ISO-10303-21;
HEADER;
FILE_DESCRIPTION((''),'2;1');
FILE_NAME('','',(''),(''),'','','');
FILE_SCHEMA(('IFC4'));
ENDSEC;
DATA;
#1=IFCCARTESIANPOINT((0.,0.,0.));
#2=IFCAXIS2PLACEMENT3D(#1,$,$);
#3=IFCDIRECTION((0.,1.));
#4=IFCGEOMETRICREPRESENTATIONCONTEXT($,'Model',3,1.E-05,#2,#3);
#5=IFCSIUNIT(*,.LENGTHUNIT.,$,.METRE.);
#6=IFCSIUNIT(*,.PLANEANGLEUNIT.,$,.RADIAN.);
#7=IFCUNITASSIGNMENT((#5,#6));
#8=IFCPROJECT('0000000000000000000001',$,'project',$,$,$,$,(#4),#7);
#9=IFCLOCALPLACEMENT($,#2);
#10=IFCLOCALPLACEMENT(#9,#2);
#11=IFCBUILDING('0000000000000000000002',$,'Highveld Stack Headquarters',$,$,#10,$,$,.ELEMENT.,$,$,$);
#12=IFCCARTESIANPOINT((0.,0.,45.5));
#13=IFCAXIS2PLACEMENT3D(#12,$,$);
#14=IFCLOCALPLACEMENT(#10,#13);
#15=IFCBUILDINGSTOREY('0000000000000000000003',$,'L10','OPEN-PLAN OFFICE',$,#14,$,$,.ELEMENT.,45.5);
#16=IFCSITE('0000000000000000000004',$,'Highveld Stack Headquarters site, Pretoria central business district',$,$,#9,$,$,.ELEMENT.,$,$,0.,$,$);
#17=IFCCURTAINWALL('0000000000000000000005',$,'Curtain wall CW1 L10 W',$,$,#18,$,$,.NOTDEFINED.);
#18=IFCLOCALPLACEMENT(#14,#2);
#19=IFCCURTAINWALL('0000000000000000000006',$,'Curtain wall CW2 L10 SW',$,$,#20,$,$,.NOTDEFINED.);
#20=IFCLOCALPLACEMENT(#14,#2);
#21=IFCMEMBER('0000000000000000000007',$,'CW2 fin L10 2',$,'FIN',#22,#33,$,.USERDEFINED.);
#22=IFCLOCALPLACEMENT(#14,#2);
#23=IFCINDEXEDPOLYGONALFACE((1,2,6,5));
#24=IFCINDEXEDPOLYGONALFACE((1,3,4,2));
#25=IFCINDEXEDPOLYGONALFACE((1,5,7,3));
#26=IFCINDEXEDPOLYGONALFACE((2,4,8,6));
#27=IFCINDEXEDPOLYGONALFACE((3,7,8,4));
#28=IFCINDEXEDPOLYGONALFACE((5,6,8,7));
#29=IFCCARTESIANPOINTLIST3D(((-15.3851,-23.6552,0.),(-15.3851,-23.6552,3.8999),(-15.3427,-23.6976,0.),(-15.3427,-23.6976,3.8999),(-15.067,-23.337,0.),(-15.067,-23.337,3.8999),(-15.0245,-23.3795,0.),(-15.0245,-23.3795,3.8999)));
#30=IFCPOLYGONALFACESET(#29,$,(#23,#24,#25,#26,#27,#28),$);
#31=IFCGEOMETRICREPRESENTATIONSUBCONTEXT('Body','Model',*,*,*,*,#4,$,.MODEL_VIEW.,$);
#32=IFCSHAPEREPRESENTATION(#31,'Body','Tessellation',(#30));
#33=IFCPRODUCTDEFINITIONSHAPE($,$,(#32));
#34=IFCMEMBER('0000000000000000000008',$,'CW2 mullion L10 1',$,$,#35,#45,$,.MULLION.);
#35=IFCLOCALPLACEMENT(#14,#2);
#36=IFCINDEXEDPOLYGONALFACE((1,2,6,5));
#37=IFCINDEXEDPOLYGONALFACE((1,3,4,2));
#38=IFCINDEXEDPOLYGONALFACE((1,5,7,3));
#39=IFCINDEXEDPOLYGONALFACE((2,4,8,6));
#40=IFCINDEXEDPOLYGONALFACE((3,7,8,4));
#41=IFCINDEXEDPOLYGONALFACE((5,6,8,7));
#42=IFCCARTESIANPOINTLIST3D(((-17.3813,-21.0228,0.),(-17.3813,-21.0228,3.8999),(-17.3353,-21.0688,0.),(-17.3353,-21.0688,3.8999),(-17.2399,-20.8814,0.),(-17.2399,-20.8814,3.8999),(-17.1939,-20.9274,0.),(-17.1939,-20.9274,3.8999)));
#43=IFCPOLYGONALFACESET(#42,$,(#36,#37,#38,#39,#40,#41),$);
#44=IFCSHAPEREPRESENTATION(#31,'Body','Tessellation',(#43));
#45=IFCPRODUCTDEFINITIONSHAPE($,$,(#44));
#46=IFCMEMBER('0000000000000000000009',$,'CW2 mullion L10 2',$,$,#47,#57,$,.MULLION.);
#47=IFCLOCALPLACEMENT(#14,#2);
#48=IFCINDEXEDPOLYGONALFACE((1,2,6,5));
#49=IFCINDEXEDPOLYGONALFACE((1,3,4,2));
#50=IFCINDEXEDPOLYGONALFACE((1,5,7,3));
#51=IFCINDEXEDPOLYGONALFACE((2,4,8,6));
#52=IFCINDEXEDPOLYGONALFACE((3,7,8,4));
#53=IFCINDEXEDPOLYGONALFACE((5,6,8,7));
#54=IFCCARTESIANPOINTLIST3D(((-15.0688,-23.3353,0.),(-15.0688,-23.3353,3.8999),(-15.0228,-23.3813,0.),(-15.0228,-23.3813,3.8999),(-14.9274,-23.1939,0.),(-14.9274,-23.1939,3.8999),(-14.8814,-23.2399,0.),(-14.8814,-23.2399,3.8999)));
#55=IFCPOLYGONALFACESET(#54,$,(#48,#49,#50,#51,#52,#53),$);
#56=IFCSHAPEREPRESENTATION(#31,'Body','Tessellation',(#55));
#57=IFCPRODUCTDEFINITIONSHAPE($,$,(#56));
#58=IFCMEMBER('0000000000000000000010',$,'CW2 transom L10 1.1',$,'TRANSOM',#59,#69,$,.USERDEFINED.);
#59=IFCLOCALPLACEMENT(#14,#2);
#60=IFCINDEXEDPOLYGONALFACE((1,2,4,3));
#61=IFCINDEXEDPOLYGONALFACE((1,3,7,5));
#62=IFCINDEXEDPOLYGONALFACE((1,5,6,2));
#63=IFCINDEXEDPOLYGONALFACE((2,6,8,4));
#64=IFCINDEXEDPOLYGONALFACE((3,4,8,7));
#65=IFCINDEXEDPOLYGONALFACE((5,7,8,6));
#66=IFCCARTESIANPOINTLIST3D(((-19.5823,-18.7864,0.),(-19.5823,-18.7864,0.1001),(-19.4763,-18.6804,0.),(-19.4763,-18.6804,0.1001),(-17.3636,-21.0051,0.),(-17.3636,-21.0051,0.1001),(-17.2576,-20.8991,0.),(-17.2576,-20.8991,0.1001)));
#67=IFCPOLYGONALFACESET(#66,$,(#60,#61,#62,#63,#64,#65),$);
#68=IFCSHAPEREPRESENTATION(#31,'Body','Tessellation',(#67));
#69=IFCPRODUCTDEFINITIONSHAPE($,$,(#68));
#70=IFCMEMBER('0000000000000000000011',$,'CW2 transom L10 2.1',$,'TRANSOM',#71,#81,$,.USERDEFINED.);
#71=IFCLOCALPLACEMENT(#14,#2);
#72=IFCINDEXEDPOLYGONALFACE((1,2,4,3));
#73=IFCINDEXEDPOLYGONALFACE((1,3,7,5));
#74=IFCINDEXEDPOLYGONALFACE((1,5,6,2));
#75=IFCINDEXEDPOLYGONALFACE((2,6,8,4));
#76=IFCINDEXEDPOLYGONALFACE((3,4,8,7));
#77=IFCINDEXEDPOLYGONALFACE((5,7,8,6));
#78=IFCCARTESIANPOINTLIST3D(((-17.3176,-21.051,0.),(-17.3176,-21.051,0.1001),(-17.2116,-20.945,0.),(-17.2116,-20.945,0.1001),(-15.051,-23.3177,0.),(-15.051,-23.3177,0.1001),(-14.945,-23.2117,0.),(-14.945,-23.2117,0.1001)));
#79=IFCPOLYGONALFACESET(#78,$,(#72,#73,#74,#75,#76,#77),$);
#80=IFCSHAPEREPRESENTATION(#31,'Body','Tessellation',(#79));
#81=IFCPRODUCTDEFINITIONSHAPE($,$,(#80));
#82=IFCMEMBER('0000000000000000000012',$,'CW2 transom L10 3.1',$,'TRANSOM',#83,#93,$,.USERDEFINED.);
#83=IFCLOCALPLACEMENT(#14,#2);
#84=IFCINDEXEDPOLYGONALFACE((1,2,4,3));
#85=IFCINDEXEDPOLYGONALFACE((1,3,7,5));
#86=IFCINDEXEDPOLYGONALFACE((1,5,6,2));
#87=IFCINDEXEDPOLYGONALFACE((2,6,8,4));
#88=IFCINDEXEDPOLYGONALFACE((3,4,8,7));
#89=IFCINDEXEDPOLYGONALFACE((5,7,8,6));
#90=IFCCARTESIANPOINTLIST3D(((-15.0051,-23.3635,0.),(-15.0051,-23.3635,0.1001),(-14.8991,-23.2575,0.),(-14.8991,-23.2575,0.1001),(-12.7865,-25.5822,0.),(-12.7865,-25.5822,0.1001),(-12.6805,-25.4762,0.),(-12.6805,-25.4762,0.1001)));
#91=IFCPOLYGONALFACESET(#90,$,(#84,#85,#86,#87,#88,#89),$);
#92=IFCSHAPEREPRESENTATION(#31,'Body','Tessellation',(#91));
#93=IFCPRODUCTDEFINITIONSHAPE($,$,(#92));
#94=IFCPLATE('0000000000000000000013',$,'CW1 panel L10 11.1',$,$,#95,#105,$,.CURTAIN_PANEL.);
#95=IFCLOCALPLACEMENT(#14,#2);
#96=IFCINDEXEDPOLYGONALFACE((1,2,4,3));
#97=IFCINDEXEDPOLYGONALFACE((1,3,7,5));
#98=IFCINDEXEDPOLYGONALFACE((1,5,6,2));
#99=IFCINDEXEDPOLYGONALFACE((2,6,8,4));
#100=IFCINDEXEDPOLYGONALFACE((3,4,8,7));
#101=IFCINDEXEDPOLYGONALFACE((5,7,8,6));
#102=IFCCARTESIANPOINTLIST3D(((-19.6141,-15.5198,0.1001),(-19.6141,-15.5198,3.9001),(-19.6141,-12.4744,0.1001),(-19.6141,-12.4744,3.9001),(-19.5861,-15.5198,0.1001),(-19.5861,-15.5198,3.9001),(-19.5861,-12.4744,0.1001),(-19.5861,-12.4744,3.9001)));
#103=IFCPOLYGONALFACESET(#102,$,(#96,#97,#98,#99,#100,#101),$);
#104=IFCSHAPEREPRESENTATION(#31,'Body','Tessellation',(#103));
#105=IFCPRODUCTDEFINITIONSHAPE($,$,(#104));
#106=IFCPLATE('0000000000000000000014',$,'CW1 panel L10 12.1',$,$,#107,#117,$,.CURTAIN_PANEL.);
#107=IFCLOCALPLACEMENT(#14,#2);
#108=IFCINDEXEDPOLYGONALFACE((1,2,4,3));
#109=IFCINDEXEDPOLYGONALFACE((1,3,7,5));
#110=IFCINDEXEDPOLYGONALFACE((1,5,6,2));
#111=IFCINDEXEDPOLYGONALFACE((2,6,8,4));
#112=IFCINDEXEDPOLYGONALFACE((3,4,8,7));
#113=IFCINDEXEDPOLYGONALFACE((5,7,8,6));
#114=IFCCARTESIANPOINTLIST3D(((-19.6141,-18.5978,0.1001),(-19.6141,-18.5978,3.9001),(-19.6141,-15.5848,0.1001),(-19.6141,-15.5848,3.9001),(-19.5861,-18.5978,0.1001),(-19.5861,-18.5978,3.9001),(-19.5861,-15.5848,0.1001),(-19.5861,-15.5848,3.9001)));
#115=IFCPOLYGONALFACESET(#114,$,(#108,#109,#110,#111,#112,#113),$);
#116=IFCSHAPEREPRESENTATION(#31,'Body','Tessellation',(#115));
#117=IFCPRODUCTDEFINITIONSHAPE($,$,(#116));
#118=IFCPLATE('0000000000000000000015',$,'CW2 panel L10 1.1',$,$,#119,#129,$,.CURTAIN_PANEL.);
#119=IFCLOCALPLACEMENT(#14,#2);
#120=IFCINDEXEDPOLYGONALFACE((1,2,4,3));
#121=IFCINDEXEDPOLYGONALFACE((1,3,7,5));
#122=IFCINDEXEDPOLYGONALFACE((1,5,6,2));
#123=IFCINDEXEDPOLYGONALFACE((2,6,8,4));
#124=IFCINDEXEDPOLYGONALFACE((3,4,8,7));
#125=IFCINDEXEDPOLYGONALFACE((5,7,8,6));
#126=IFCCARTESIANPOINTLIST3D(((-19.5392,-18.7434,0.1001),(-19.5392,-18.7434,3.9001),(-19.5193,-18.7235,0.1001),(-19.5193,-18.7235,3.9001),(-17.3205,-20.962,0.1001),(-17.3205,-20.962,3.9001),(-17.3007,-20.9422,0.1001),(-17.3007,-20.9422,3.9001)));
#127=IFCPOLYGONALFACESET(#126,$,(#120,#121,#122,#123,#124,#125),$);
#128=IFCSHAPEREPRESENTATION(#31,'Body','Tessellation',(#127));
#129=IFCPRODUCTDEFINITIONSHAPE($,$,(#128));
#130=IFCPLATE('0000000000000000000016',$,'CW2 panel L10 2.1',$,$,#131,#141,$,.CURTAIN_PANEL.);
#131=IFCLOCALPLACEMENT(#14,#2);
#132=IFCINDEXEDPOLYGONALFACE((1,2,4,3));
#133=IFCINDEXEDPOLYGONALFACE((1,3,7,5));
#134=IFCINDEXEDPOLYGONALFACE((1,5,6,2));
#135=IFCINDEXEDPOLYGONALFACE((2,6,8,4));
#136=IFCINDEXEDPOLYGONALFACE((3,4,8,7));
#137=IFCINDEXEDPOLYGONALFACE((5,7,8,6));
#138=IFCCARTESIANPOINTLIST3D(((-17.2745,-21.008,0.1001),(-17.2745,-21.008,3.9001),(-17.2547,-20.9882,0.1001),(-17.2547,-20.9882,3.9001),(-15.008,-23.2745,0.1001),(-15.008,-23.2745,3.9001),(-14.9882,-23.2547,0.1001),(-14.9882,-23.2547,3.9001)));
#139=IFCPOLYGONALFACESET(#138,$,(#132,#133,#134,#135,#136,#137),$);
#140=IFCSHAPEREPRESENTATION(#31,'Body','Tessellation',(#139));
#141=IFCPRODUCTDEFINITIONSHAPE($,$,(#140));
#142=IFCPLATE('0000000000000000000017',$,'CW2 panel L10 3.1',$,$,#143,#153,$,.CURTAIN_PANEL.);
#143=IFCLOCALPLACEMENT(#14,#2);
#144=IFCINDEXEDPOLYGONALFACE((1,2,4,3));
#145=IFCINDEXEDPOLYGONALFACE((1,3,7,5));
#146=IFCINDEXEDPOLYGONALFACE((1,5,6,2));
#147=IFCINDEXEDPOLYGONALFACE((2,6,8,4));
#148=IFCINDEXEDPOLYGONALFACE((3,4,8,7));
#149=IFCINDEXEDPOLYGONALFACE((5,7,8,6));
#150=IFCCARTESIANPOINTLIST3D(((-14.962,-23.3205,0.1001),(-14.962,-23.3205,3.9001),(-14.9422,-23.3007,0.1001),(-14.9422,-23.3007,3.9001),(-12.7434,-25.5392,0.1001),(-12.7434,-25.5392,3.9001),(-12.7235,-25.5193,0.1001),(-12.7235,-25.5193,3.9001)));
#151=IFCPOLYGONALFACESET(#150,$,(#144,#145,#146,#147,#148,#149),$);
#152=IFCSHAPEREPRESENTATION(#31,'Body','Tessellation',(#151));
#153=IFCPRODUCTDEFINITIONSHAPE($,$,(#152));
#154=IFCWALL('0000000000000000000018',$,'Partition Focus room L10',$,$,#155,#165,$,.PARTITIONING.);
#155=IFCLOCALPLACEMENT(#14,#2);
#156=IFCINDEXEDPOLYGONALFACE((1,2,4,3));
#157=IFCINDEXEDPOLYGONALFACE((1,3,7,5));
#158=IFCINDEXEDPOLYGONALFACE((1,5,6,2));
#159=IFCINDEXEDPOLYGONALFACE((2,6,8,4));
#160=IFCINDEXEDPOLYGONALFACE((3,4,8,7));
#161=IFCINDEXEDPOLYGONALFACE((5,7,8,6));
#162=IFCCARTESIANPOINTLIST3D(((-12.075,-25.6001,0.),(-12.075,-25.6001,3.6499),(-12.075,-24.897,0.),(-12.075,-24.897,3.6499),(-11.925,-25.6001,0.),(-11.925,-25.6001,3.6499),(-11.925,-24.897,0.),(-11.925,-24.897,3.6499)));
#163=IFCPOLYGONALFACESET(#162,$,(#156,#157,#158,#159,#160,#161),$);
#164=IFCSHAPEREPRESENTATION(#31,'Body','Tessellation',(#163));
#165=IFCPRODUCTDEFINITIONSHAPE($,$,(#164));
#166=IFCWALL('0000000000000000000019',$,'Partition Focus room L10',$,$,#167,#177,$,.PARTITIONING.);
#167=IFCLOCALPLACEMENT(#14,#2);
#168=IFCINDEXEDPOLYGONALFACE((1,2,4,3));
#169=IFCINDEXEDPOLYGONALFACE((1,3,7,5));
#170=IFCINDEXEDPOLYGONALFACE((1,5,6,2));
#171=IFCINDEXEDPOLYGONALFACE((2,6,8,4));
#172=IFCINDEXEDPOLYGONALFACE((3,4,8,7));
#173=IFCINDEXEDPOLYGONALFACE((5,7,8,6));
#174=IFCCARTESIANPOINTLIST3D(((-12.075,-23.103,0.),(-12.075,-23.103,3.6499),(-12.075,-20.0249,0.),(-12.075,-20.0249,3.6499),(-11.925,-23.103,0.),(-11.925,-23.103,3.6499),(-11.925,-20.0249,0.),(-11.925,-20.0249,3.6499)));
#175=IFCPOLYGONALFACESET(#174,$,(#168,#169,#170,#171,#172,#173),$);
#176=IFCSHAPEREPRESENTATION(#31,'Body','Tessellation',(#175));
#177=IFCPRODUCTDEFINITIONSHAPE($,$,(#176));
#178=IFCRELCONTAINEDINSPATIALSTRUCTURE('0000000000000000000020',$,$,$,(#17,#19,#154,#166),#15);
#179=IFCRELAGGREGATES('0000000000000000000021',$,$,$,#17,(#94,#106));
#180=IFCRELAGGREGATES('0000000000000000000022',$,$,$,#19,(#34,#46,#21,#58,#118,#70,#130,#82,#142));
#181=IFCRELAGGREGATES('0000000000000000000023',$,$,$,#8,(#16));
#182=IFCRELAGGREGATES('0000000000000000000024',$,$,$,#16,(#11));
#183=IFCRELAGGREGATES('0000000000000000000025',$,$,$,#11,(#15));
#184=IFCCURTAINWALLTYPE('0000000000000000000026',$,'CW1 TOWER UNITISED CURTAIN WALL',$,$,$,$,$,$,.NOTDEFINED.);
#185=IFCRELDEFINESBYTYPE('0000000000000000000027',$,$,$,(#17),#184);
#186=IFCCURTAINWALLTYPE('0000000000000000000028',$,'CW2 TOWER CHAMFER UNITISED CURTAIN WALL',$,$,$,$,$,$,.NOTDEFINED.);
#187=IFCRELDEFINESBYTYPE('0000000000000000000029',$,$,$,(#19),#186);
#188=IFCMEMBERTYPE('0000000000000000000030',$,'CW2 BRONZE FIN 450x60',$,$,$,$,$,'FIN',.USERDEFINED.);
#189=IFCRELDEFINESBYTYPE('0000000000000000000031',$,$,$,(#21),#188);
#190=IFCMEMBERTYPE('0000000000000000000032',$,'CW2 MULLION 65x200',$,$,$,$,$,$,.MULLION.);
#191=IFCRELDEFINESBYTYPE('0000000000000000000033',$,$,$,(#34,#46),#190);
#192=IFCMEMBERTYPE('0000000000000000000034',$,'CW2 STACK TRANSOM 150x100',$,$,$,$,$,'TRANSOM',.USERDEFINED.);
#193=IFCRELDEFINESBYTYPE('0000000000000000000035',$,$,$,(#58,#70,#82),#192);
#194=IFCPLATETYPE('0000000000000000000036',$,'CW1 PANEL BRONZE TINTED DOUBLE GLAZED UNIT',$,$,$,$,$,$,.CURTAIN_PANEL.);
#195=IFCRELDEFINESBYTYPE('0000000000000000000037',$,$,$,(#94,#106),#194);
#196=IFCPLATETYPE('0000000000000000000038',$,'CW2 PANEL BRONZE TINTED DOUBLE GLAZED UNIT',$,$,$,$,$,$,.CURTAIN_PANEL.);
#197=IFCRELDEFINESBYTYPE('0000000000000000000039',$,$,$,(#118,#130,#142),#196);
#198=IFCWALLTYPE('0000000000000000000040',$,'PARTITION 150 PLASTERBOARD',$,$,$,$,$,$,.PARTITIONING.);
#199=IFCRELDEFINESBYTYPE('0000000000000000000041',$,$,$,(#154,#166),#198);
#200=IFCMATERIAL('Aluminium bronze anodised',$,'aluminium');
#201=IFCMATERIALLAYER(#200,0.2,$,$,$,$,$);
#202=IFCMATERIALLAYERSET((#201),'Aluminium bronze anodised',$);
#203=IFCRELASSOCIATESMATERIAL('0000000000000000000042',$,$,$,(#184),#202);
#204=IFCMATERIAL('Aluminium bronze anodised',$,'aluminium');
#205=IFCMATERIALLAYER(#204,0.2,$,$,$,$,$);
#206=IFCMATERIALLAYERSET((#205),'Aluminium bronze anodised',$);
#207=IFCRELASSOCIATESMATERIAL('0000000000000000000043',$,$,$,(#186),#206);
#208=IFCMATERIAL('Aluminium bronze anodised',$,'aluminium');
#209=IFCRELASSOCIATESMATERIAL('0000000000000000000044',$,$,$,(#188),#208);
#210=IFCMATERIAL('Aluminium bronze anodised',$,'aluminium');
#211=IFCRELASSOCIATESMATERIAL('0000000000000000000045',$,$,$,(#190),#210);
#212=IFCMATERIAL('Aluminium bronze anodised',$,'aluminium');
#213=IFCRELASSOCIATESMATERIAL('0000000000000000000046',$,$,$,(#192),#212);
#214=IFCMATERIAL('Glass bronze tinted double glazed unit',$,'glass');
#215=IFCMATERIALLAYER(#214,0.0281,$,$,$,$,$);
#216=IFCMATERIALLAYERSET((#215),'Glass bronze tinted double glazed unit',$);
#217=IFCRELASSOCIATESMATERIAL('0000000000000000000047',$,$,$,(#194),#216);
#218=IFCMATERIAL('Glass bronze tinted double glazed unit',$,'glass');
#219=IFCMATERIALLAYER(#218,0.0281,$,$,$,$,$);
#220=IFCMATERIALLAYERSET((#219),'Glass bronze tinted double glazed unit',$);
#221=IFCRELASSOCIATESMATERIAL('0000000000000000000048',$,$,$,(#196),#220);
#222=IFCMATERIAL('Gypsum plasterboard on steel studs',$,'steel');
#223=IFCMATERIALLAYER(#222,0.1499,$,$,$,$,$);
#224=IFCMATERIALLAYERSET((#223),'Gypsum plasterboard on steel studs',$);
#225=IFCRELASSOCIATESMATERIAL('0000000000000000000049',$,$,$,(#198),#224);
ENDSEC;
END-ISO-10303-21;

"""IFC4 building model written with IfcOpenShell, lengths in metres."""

from ifc_helpers import new_model, si_unit, direction, frame, frame_2d, origin, origin_2d, place, context, subcontext, project, spatial, rectangle, extrude, material, layer, layer_set, material_profile, profile_set, type_object, element, aggregate, save


model = new_model("IFC4")

# Units and contexts
model_context = context("Model", 3, precision=1e-05, world=origin(), true_north=direction((0.0, 1.0)))
body_context = subcontext(model_context, "Body", "Model", "MODEL_VIEW")
ifc_project = project(units=[si_unit("LENGTHUNIT", "METRE"), si_unit("PLANEANGLEUNIT", "RADIAN")], contexts=[model_context])

# Site, building, storey
site_placement = place(None, origin())
site = spatial("IfcSite", under=ifc_project, at=site_placement, Name="Highveld Stack Headquarters site, Pretoria central business district", CompositionType="ELEMENT", RefElevation=0.0)
building_placement = place(site_placement, origin())
building = spatial("IfcBuilding", under=site, at=building_placement, Name="Highveld Stack Headquarters", CompositionType="ELEMENT")
storey_placement = place(building_placement, frame((0.0, 0.0, 45.5)))
storey = spatial("IfcBuildingStorey", under=building, at=storey_placement, Name="L10", Description="OPEN-PLAN OFFICE", CompositionType="ELEMENT", Elevation=45.5)

# Shared definitions
ifc_material_1 = material(Name="Aluminium bronze anodised", Category="aluminium")
ifc_layer_1 = layer(ifc_material_1, 0.2)
ifc_layer_set_1 = layer_set([ifc_layer_1], Name="Aluminium bronze anodised")
curtain_wall_type_1 = type_object("IfcCurtainWallType", Name="CW1 TOWER UNITISED CURTAIN WALL", PredefinedType="NOTDEFINED", material=ifc_layer_set_1)

# Curtain wall
curtain_wall_1_placement = place(storey_placement, origin())
curtain_wall_1 = element("IfcCurtainWall", 1, at=curtain_wall_1_placement, inside=storey, type_object=curtain_wall_type_1, Name="Curtain wall CW1 L10 W", PredefinedType="NOTDEFINED")

# Curtain wall, members
ifc_material_2 = material(Name="Aluminium bronze anodised", Category="aluminium")
ifc_layer_2 = layer(ifc_material_2, 0.2)
ifc_layer_set_2 = layer_set([ifc_layer_2], Name="Aluminium bronze anodised")
curtain_wall_type_2 = type_object("IfcCurtainWallType", Name="CW2 TOWER CHAMFER UNITISED CURTAIN WALL", PredefinedType="NOTDEFINED", material=ifc_layer_set_2)
curtain_wall_2_placement = place(storey_placement, origin())
curtain_wall_2 = element("IfcCurtainWall", 2, at=curtain_wall_2_placement, inside=storey, type_object=curtain_wall_type_2, Name="Curtain wall CW2 L10 SW", PredefinedType="NOTDEFINED")
ifc_material_3 = material(Name="Aluminium bronze anodised", Category="aluminium")
ifc_material_profile_1 = material_profile(ifc_material_3, rectangle(XDim=0.45, YDim=0.0601, at=origin_2d()), Name="FIN 450x60")
ifc_profile_set_1 = profile_set([ifc_material_profile_1], Name="Aluminium bronze anodised")
member_type_1 = type_object("IfcMemberType", Name="CW2 BRONZE FIN 450x60", ElementType="FIN", PredefinedType="USERDEFINED", material=ifc_profile_set_1)
member_1_placement = place(storey_placement, frame((-15.2048, -23.5173, 0.0), z_axis=(0.0, 0.0, 1.0), x_axis=(0.707107, 0.707107, 0.0)))
member_1 = element("IfcMember", 3, at=member_1_placement, type_object=member_type_1, Name="CW2 fin L10 2", ObjectType="FIN", PredefinedType="USERDEFINED", context=body_context, shape_type="SweptSolid", body=[
    extrude(rectangle(XDim=0.45, YDim=0.0601, at=origin_2d()), origin(), (0.0, 0.0, 1.0), 3.8999),
])
ifc_material_4 = material(Name="Aluminium bronze anodised", Category="aluminium")
ifc_material_profile_2 = material_profile(ifc_material_4, rectangle(XDim=0.2, YDim=0.0649, at=origin_2d()), Name="CW2 MULLION 65x200")
ifc_profile_set_2 = profile_set([ifc_material_profile_2], Name="Aluminium bronze anodised")
member_type_2 = type_object("IfcMemberType", Name="CW2 MULLION 65x200", PredefinedType="MULLION", material=ifc_profile_set_2)
member_2_placement = place(storey_placement, frame((-17.2876, -20.9751, 0.0), z_axis=(0.0, 0.0, 1.0), x_axis=(0.707107, 0.707107, 0.0)))
member_2 = element("IfcMember", 4, at=member_2_placement, type_object=member_type_2, Name="CW2 mullion L10 1", PredefinedType="MULLION", context=body_context, shape_type="SweptSolid", body=[
    extrude(rectangle(XDim=0.2, YDim=0.0649, at=origin_2d()), origin(), (0.0, 0.0, 1.0), 3.8999),
])
member_3_placement = place(storey_placement, frame((-14.9751, -23.2876, 0.0), z_axis=(0.0, 0.0, 1.0), x_axis=(0.707107, 0.707107, 0.0)))
member_3 = element("IfcMember", 5, at=member_3_placement, type_object=member_type_2, Name="CW2 mullion L10 2", PredefinedType="MULLION", context=body_context, shape_type="SweptSolid", body=[
    extrude(rectangle(XDim=0.2, YDim=0.0649, at=origin_2d()), origin(), (0.0, 0.0, 1.0), 3.8999),
])
ifc_material_5 = material(Name="Aluminium bronze anodised", Category="aluminium")
ifc_material_profile_3 = material_profile(ifc_material_5, rectangle(XDim=0.1499, YDim=0.1001, at=origin_2d()), Name="CW2 TRANSOM 150x100")
ifc_profile_set_3 = profile_set([ifc_material_profile_3], Name="Aluminium bronze anodised")
member_type_3 = type_object("IfcMemberType", Name="CW2 STACK TRANSOM 150x100", ElementType="TRANSOM", PredefinedType="USERDEFINED", material=ifc_profile_set_3)
member_4_placement = place(storey_placement, frame((-19.5293, -18.7334, 0.05), z_axis=(0.707107, -0.707107, 0.0), x_axis=(0.707107, 0.707107, 0.0)))
member_4 = element("IfcMember", 6, at=member_4_placement, type_object=member_type_3, Name="CW2 transom L10 1.1", ObjectType="TRANSOM", PredefinedType="USERDEFINED", context=body_context, shape_type="SweptSolid", body=[
    extrude(rectangle(XDim=0.1499, YDim=0.1001, at=origin_2d()), origin(), (0.0, 0.0, 1.0), 3.1377),
])
member_5_placement = place(storey_placement, frame((-17.2646, -20.998, 0.05), z_axis=(0.707107, -0.707107, 0.0), x_axis=(0.707107, 0.707107, 0.0)))
member_5 = element("IfcMember", 7, at=member_5_placement, type_object=member_type_3, Name="CW2 transom L10 2.1", ObjectType="TRANSOM", PredefinedType="USERDEFINED", context=body_context, shape_type="SweptSolid", body=[
    extrude(rectangle(XDim=0.1499, YDim=0.1001, at=origin_2d()), origin(), (0.0, 0.0, 1.0), 3.2056),
])
member_6_placement = place(storey_placement, frame((-14.9521, -23.3105, 0.05), z_axis=(0.707107, -0.707107, 0.0), x_axis=(0.707107, 0.707107, 0.0)))
member_6 = element("IfcMember", 8, at=member_6_placement, type_object=member_type_3, Name="CW2 transom L10 3.1", ObjectType="TRANSOM", PredefinedType="USERDEFINED", context=body_context, shape_type="SweptSolid", body=[
    extrude(rectangle(XDim=0.1499, YDim=0.1001, at=origin_2d()), origin(), (0.0, 0.0, 1.0), 3.1377),
])

# Plates
ifc_material_6 = material(Name="Glass bronze tinted double glazed unit", Category="glass")
ifc_layer_3 = layer(ifc_material_6, 0.0281)
ifc_layer_set_3 = layer_set([ifc_layer_3], Name="Glass bronze tinted double glazed unit")
plate_type_1 = type_object("IfcPlateType", Name="CW1 PANEL BRONZE TINTED DOUBLE GLAZED UNIT", PredefinedType="CURTAIN_PANEL", material=ifc_layer_set_3)
plate_1_placement = place(storey_placement, frame((-19.6001, -13.9971, 0.1001), z_axis=(0.0, 0.0, 1.0), x_axis=(0.0, -1.0, 0.0)))
plate_1 = element("IfcPlate", 9, at=plate_1_placement, type_object=plate_type_1, Name="CW1 panel L10 11.1", PredefinedType="CURTAIN_PANEL", context=body_context, shape_type="SweptSolid", body=[
    extrude(rectangle(XDim=3.0454, YDim=0.0281, at=origin_2d()), origin(), (0.0, 0.0, 1.0), 3.8),
])
plate_2_placement = place(storey_placement, frame((-19.6001, -17.0913, 0.1001), z_axis=(0.0, 0.0, 1.0), x_axis=(0.0, -1.0, 0.0)))
plate_2 = element("IfcPlate", 10, at=plate_2_placement, type_object=plate_type_1, Name="CW1 panel L10 12.1", PredefinedType="CURTAIN_PANEL", context=body_context, shape_type="SweptSolid", body=[
    extrude(rectangle(XDim=3.0129, YDim=0.0281, at=origin_2d()), origin(), (0.0, 0.0, 1.0), 3.8),
])
aggregate(curtain_wall_1, [plate_1, plate_2])
ifc_material_7 = material(Name="Glass bronze tinted double glazed unit", Category="glass")
ifc_layer_4 = layer(ifc_material_7, 0.0281)
ifc_layer_set_4 = layer_set([ifc_layer_4], Name="Glass bronze tinted double glazed unit")
plate_type_2 = type_object("IfcPlateType", Name="CW2 PANEL BRONZE TINTED DOUBLE GLAZED UNIT", PredefinedType="CURTAIN_PANEL", material=ifc_layer_set_4)
plate_3_placement = place(storey_placement, frame((-18.4199, -19.8428, 0.1001), z_axis=(0.0, 0.0, 1.0), x_axis=(0.707107, -0.707107, 0.0)))
plate_3 = element("IfcPlate", 11, at=plate_3_placement, type_object=plate_type_2, Name="CW2 panel L10 1.1", PredefinedType="CURTAIN_PANEL", context=body_context, shape_type="SweptSolid", body=[
    extrude(rectangle(XDim=3.1377, YDim=0.0281, at=origin_2d()), origin(), (0.0, 0.0, 1.0), 3.8),
])
plate_4_placement = place(storey_placement, frame((-16.1313, -22.1313, 0.1001), z_axis=(0.0, 0.0, 1.0), x_axis=(0.707107, -0.707107, 0.0)))
plate_4 = element("IfcPlate", 12, at=plate_4_placement, type_object=plate_type_2, Name="CW2 panel L10 2.1", PredefinedType="CURTAIN_PANEL", context=body_context, shape_type="SweptSolid", body=[
    extrude(rectangle(XDim=3.2053, YDim=0.0281, at=origin_2d()), origin(), (0.0, 0.0, 1.0), 3.8),
])
plate_5_placement = place(storey_placement, frame((-13.8428, -24.4199, 0.1001), z_axis=(0.0, 0.0, 1.0), x_axis=(0.707107, -0.707107, 0.0)))
plate_5 = element("IfcPlate", 13, at=plate_5_placement, type_object=plate_type_2, Name="CW2 panel L10 3.1", PredefinedType="CURTAIN_PANEL", context=body_context, shape_type="SweptSolid", body=[
    extrude(rectangle(XDim=3.1377, YDim=0.0281, at=origin_2d()), origin(), (0.0, 0.0, 1.0), 3.8),
])
aggregate(curtain_wall_2, [member_2, member_3, member_1, member_4, plate_3, member_5, plate_4, member_6, plate_5])

# Walls
ifc_material_8 = material(Name="Gypsum plasterboard on steel studs", Category="steel")
ifc_layer_5 = layer(ifc_material_8, 0.1499)
ifc_layer_set_5 = layer_set([ifc_layer_5], Name="Gypsum plasterboard on steel studs")
wall_type = type_object("IfcWallType", Name="PARTITION 150 PLASTERBOARD", PredefinedType="PARTITIONING", material=ifc_layer_set_5)
wall_1_placement = place(storey_placement, frame((-12.0, -25.6001, 0.0), z_axis=(0.0, 0.0, 1.0), x_axis=(0.0, 1.0, 0.0)))
element("IfcWall", 14, at=wall_1_placement, inside=storey, type_object=wall_type, Name="Partition Focus room L10", PredefinedType="PARTITIONING", context=body_context, shape_type="SweptSolid", body=[
    extrude(rectangle(XDim=0.7031, YDim=0.1499, at=frame_2d((0.3516, 0.0))), origin(), (0.0, 0.0, 1.0), 3.6499),
])
wall_2_placement = place(storey_placement, frame((-12.0, -23.103, 0.0), z_axis=(0.0, 0.0, 1.0), x_axis=(0.0, 1.0, 0.0)))
element("IfcWall", 15, at=wall_2_placement, inside=storey, type_object=wall_type, Name="Partition Focus room L10", PredefinedType="PARTITIONING", context=body_context, shape_type="SweptSolid", body=[
    extrude(rectangle(XDim=3.0781, YDim=0.1499, at=frame_2d((1.5391, 0.0))), origin(), (0.0, 0.0, 1.0), 3.6499),
])

save(model, "model.ifc")
